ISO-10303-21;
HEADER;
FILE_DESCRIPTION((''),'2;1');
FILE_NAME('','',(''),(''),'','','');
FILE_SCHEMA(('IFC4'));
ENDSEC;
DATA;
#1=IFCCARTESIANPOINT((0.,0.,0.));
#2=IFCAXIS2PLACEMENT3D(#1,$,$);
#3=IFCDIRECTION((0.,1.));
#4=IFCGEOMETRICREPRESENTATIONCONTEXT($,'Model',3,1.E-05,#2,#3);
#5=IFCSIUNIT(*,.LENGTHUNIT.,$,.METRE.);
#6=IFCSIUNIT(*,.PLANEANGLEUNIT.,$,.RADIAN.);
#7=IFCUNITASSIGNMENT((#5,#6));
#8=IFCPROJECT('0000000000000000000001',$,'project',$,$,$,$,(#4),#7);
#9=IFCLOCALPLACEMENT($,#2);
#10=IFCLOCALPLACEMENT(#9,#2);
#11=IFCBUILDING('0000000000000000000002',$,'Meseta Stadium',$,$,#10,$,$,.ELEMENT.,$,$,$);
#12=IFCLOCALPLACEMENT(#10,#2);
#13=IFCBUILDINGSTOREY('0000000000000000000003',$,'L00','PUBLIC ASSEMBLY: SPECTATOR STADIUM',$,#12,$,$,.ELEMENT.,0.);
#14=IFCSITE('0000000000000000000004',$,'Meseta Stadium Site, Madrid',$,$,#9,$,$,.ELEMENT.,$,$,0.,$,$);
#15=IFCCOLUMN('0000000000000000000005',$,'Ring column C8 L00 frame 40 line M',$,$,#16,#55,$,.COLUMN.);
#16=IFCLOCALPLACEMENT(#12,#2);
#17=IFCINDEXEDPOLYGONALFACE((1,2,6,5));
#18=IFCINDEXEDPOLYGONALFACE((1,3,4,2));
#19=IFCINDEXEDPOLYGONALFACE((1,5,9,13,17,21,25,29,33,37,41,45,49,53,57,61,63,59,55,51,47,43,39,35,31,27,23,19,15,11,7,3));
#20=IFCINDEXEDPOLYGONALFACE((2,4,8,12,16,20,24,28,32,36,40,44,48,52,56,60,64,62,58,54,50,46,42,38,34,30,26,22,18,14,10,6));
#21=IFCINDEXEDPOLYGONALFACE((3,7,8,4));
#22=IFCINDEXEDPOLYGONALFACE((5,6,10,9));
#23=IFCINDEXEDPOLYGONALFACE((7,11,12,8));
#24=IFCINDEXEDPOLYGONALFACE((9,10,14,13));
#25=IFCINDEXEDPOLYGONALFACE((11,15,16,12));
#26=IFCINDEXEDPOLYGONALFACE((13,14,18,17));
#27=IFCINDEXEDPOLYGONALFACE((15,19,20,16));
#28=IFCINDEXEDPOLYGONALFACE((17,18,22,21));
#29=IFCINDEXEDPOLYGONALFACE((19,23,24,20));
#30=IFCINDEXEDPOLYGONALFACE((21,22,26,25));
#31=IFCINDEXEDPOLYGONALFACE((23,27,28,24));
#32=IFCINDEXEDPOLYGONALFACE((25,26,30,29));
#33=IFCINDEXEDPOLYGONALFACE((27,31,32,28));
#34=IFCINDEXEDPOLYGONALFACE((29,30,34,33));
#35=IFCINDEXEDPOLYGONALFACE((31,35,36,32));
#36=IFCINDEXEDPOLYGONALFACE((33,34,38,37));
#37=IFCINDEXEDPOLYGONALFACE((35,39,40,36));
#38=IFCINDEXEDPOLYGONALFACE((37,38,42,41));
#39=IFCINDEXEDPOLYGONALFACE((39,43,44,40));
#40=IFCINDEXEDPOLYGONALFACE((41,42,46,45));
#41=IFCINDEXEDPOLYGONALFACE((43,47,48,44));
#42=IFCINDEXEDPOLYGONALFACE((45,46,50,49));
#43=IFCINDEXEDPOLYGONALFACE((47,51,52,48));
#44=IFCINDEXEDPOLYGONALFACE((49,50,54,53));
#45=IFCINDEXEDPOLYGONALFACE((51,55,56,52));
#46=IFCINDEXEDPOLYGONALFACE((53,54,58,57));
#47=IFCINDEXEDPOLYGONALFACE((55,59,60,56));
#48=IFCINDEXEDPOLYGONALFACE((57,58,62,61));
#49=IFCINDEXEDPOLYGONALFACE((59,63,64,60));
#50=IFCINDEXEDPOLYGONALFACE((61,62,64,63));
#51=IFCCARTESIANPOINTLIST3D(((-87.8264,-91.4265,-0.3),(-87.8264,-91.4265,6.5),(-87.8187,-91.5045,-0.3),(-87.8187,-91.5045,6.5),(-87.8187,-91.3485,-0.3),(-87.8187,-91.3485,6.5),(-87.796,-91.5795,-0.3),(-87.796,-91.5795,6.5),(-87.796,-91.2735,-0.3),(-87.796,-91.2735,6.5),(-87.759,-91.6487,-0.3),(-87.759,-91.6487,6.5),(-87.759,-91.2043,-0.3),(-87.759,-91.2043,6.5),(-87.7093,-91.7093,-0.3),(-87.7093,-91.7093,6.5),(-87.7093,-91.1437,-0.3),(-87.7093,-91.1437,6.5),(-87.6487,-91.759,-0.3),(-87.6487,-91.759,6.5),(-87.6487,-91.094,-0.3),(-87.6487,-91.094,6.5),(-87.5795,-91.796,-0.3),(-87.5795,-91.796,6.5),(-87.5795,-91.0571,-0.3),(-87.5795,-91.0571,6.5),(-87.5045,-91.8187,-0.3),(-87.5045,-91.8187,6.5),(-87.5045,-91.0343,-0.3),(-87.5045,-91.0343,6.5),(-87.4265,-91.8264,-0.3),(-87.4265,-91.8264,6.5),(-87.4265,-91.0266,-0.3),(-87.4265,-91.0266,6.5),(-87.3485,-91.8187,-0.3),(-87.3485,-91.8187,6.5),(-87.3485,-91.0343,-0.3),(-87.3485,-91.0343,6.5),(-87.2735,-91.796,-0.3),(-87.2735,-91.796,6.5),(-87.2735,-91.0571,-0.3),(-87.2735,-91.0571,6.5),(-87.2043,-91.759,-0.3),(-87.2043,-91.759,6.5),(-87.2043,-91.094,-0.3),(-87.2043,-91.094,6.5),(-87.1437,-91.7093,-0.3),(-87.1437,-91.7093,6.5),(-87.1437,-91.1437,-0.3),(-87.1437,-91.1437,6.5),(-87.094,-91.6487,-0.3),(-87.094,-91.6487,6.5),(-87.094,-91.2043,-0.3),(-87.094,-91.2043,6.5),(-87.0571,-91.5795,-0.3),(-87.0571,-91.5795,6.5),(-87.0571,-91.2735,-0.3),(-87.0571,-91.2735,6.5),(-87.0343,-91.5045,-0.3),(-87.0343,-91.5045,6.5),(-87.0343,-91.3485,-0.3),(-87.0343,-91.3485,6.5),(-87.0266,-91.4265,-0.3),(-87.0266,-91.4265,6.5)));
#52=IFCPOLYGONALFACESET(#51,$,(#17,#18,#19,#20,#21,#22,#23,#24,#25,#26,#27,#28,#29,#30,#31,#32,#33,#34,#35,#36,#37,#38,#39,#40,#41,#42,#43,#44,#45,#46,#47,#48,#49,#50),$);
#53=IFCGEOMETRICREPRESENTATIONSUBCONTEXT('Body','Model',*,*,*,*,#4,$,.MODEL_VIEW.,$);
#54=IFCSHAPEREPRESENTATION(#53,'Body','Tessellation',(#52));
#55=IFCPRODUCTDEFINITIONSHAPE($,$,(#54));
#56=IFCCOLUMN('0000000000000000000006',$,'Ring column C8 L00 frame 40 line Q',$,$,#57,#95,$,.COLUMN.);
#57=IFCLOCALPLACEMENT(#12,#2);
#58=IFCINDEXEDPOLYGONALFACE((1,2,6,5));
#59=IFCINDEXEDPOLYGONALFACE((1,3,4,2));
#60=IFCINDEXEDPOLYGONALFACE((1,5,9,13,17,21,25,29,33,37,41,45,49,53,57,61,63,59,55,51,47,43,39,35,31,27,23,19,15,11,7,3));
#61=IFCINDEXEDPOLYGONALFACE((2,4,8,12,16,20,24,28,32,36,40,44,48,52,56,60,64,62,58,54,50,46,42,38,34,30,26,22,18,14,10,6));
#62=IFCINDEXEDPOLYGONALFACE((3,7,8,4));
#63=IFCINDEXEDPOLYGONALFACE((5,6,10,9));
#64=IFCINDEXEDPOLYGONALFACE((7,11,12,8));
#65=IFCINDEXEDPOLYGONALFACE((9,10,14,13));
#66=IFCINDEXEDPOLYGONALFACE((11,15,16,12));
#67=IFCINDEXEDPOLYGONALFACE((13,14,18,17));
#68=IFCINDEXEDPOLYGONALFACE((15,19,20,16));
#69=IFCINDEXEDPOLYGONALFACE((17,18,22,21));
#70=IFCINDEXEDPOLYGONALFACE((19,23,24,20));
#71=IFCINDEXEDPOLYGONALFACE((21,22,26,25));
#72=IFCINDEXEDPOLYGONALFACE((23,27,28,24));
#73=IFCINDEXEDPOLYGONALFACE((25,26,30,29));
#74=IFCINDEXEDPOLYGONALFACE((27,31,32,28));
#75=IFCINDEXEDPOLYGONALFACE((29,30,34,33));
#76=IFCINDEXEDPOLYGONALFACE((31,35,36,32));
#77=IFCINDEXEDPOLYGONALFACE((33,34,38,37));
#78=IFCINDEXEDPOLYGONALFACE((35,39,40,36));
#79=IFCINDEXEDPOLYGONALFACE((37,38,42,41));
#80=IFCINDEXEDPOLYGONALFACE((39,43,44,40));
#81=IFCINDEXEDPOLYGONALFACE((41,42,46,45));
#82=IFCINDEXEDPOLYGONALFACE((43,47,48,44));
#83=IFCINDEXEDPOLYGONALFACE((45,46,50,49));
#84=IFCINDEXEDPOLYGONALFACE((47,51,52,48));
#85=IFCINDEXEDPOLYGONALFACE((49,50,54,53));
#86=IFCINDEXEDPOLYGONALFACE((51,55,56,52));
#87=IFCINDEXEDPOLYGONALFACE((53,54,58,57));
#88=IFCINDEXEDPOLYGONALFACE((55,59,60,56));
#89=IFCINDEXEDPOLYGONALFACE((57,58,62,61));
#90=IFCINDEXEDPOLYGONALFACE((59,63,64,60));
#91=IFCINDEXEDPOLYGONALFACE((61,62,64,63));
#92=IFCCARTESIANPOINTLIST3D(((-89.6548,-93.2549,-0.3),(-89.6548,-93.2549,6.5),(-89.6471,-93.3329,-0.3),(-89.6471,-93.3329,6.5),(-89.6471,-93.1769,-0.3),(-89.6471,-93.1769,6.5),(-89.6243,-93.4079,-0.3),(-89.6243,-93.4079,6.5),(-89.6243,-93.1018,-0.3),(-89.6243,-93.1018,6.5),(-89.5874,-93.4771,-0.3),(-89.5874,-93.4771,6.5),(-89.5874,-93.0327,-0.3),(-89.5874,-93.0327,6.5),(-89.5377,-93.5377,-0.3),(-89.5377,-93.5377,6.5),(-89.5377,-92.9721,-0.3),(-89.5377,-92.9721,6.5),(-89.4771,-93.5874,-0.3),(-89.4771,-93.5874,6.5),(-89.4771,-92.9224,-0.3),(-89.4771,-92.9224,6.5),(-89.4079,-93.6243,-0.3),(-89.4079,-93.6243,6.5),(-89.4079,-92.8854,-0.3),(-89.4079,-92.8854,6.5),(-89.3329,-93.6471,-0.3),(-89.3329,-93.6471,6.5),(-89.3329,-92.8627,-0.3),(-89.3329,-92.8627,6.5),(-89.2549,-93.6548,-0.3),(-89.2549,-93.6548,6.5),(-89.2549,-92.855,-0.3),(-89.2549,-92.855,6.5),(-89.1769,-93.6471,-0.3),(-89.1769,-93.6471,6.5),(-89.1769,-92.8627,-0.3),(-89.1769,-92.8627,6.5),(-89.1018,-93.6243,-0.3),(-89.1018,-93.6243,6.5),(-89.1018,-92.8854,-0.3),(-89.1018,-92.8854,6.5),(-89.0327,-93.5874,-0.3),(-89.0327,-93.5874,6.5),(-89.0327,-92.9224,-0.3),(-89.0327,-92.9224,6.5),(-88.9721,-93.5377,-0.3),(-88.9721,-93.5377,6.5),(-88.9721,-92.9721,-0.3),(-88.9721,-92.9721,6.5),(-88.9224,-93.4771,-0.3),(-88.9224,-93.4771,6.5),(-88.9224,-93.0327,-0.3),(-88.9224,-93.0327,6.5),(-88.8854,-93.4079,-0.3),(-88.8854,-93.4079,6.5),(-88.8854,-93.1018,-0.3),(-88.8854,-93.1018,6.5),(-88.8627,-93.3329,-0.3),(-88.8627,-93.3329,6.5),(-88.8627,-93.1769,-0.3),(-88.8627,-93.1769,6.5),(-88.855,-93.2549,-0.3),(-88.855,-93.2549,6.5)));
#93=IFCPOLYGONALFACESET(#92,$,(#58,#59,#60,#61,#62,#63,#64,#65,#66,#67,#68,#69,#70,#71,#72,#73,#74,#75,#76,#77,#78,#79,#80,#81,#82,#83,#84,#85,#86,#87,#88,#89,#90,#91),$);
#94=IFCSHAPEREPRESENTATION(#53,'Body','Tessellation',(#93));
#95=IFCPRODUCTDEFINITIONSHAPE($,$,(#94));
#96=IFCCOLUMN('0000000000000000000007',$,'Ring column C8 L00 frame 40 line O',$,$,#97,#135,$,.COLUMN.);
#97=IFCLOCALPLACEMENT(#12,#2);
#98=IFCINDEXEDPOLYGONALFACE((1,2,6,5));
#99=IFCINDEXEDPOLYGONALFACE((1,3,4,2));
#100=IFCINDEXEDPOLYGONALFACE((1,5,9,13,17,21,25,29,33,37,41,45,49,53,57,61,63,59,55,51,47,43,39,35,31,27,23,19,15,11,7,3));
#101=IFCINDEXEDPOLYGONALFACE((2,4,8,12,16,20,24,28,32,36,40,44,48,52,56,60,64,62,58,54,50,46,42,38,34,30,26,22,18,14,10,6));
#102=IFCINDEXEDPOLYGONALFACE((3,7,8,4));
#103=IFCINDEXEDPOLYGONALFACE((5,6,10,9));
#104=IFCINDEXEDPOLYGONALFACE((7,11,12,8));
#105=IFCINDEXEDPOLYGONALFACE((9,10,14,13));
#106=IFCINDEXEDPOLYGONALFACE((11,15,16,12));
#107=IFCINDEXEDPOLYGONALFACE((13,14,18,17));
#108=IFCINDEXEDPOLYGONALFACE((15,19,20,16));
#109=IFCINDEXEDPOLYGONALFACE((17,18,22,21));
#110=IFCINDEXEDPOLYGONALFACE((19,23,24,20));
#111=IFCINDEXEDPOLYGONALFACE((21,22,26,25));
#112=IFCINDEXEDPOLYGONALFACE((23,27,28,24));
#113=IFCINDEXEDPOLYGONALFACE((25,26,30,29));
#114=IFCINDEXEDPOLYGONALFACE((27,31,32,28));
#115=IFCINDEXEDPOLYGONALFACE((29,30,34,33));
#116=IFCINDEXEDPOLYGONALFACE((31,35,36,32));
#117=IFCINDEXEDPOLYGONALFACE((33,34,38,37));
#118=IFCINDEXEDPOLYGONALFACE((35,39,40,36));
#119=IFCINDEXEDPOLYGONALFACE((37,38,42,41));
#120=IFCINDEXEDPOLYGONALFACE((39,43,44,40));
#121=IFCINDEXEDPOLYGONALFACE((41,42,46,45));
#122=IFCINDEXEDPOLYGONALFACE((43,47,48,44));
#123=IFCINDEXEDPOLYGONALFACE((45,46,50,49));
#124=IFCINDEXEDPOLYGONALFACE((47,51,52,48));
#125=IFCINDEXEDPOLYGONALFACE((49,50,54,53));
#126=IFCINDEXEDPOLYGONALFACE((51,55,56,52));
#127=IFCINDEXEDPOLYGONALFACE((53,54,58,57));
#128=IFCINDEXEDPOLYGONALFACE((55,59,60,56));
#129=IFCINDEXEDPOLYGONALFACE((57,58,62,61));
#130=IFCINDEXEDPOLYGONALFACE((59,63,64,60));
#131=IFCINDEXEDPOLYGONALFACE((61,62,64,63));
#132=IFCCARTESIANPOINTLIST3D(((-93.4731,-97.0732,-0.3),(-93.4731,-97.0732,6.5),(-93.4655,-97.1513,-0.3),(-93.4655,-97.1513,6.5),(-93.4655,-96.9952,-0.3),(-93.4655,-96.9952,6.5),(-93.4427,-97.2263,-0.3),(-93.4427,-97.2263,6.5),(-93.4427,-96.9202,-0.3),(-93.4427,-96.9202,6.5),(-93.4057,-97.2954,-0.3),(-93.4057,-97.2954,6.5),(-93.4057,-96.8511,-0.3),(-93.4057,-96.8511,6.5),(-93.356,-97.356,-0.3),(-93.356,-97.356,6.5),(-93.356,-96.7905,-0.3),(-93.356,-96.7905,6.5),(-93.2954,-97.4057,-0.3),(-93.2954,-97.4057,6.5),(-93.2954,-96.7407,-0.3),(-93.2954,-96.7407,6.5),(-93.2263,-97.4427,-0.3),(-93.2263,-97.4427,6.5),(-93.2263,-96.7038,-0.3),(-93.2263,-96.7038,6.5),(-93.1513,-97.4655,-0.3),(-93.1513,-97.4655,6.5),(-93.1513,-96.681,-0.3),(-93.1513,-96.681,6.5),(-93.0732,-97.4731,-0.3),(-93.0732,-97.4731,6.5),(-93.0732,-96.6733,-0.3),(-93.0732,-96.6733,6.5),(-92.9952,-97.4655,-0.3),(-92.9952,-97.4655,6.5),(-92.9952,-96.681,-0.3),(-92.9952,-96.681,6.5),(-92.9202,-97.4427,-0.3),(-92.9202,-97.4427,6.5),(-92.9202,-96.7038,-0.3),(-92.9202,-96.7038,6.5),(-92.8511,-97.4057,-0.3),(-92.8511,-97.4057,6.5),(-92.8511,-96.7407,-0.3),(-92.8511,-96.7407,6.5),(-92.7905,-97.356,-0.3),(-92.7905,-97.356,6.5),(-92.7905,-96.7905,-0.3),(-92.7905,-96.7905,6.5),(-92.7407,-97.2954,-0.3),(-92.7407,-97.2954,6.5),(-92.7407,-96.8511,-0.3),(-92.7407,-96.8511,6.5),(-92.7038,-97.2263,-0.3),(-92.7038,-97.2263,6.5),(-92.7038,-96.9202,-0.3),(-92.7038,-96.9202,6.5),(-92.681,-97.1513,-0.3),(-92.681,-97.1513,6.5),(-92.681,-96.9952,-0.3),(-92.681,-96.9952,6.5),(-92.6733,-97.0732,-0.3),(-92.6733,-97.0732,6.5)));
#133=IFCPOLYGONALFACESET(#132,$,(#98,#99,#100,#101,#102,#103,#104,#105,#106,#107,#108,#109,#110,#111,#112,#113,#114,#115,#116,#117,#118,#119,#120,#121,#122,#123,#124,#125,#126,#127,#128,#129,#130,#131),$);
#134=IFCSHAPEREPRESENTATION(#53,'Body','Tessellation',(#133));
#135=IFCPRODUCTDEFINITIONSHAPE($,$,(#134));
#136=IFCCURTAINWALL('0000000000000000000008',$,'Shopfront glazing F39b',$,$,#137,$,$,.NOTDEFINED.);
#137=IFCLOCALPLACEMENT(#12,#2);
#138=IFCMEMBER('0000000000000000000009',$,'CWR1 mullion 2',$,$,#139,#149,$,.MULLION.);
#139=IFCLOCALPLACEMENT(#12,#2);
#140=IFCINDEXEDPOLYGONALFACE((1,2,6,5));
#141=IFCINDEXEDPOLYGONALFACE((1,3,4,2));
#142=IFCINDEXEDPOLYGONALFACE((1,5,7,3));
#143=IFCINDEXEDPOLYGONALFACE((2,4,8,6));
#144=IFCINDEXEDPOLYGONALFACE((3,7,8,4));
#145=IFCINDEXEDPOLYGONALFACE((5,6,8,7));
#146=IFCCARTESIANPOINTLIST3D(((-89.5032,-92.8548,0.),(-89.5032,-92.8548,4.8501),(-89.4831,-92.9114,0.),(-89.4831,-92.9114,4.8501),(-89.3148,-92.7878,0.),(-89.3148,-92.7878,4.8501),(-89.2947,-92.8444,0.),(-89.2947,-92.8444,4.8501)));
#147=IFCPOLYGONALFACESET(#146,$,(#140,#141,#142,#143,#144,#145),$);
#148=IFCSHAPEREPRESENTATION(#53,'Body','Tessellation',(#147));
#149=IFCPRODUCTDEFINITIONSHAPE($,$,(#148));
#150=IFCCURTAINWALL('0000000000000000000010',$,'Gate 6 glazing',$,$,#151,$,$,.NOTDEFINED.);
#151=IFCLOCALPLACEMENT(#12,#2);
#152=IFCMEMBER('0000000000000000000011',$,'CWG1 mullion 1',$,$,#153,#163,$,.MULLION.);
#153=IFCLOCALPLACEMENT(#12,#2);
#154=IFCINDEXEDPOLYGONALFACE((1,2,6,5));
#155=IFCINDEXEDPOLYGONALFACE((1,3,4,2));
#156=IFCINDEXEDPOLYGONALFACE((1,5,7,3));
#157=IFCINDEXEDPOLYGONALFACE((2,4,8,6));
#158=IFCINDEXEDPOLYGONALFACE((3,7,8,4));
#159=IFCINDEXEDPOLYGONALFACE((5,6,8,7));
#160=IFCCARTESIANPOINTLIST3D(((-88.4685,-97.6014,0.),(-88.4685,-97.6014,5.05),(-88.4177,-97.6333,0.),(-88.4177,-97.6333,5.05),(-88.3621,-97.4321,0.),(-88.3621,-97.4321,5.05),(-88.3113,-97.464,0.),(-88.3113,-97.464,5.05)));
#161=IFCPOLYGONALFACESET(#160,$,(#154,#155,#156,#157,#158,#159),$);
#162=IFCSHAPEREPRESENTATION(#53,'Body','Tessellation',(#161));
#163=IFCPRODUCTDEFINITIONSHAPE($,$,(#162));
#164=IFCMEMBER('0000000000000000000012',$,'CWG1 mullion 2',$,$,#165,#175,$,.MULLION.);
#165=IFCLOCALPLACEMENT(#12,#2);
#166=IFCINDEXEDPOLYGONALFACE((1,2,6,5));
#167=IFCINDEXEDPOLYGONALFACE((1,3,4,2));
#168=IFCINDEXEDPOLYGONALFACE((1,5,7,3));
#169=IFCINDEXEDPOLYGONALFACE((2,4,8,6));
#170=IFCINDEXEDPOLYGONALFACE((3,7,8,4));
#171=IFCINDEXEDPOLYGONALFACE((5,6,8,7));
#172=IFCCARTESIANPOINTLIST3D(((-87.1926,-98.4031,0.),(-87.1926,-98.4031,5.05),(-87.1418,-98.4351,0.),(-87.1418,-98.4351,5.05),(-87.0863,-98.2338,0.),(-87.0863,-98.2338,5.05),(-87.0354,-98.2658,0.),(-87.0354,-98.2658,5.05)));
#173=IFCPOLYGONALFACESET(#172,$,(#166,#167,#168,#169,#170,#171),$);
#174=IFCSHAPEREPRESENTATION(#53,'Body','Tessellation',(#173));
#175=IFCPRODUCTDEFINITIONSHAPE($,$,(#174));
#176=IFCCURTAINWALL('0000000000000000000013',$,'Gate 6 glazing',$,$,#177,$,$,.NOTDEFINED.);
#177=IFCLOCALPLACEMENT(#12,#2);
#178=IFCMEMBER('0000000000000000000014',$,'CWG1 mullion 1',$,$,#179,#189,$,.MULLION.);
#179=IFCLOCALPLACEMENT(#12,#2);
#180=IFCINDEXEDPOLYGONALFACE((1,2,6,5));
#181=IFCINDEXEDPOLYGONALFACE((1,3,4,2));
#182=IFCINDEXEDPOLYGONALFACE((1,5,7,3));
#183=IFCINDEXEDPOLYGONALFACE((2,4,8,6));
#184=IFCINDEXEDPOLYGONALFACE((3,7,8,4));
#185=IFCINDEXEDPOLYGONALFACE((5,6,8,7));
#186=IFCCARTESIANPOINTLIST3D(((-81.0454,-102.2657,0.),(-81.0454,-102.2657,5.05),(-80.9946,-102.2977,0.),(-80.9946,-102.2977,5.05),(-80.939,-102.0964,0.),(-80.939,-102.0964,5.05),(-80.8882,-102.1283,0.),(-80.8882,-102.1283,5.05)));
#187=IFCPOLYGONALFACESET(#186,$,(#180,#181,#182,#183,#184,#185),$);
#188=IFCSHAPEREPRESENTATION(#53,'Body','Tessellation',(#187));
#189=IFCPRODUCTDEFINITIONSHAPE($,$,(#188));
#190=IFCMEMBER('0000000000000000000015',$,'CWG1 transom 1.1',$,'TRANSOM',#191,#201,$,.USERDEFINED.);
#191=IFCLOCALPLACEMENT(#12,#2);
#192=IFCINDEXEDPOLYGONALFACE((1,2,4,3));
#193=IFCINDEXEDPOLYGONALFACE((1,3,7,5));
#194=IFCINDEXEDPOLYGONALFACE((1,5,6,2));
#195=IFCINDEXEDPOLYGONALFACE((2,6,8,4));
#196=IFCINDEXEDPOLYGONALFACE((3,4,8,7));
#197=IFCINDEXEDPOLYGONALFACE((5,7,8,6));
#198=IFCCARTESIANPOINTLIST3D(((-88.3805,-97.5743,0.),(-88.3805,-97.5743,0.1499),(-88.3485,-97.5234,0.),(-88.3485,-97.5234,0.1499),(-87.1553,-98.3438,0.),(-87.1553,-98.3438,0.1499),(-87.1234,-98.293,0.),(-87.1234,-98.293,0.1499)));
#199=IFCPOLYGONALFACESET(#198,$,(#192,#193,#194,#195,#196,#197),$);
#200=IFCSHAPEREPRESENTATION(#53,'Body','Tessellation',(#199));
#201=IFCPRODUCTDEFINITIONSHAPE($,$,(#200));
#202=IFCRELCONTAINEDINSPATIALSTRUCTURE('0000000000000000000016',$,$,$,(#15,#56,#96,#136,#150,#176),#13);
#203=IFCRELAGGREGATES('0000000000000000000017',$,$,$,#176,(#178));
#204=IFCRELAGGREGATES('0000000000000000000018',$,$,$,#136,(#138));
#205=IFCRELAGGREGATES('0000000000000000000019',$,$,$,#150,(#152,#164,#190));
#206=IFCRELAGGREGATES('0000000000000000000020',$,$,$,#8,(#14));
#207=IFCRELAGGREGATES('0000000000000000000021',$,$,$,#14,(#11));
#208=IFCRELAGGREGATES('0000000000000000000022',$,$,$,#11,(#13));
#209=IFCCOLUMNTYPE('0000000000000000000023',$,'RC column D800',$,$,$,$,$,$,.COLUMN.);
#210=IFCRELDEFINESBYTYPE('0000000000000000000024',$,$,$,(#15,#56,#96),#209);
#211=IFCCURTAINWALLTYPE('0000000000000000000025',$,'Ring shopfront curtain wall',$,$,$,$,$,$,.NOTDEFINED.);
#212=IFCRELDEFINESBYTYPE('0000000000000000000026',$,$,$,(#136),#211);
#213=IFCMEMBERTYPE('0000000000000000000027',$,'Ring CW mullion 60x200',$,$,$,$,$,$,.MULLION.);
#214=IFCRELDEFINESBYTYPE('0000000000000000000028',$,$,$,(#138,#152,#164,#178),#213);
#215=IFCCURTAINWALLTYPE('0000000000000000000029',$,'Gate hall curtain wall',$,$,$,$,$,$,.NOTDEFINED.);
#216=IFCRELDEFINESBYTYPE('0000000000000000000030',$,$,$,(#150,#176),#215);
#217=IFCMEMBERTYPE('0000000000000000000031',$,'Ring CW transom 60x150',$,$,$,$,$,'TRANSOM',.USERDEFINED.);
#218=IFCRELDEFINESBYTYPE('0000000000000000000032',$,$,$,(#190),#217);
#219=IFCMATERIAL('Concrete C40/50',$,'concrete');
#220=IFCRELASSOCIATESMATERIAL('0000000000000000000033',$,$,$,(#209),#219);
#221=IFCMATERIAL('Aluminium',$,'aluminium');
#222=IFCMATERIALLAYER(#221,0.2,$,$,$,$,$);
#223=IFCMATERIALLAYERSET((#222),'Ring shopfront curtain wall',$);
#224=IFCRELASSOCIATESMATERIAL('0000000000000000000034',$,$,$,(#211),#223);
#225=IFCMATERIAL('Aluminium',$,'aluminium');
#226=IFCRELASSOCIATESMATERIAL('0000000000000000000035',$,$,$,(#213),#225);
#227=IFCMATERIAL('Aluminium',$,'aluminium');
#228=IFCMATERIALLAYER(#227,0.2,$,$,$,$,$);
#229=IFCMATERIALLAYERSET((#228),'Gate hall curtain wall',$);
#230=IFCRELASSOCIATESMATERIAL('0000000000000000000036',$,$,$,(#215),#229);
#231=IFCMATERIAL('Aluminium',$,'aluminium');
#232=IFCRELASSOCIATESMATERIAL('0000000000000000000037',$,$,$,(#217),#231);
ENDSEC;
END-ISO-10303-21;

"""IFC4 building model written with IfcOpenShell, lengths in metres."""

from ifc_helpers import new_model, si_unit, direction, frame, origin, origin_2d, place, context, subcontext, project, spatial, rectangle, circle, extrude, material, layer, layer_set, material_profile, profile_set, type_object, element, aggregate, save


model = new_model("IFC4")

# Units and contexts
model_context = context("Model", 3, precision=1e-05, world=origin(), true_north=direction((0.0, 1.0)))
body_context = subcontext(model_context, "Body", "Model", "MODEL_VIEW")
ifc_project = project(units=[si_unit("LENGTHUNIT", "METRE"), si_unit("PLANEANGLEUNIT", "RADIAN")], contexts=[model_context])

# Site, building, storey
site_placement = place(None, origin())
site = spatial("IfcSite", under=ifc_project, at=site_placement, Name="Meseta Stadium Site, Madrid", CompositionType="ELEMENT", RefElevation=0.0)
building_placement = place(site_placement, origin())
building = spatial("IfcBuilding", under=site, at=building_placement, Name="Meseta Stadium", CompositionType="ELEMENT")
storey_placement = place(building_placement, origin())
storey = spatial("IfcBuildingStorey", under=building, at=storey_placement, Name="L00", Description="PUBLIC ASSEMBLY: SPECTATOR STADIUM", CompositionType="ELEMENT", Elevation=0.0)

# Columns
ifc_material_1 = material(Name="Concrete C40/50", Category="concrete")
ifc_material_profile_1 = material_profile(ifc_material_1, circle(Radius=0.3999, at=origin_2d()), Name="RC D800")
ifc_profile_set_1 = profile_set([ifc_material_profile_1], Name="Concrete C40/50")
column_type_1 = type_object("IfcColumnType", Name="RC column D800", PredefinedType="COLUMN", material=ifc_profile_set_1)
for number, where, z_axis, x_axis, name in (
    (1, (-87.4265, -91.4265, -0.3), (0.0, 0.0, 1.0), (1.0, 0.0, 0.0), "Ring column C8 L00 frame 40 line M"),
    (2, (-89.2549, -93.2549, -0.3), (0.0, 0.0, 1.0), (1.0, 0.0, 0.0), "Ring column C8 L00 frame 40 line Q"),
    (3, (-93.0732, -97.0732, -0.3), (0.0, 0.0, 1.0), (1.0, 0.0, 0.0), "Ring column C8 L00 frame 40 line O"),
):
    element("IfcColumn", number, at=place(storey_placement, frame(where, z_axis=z_axis, x_axis=x_axis)), inside=storey, type_object=column_type_1, Name=name, PredefinedType="COLUMN", context=body_context, shape_type="SweptSolid", body=[
        extrude(circle(Radius=0.3999, at=origin_2d()), origin(), (0.0, 0.0, 1.0), 6.8),
    ])

# Curtain wall, member
ifc_material_2 = material(Name="Aluminium", Category="aluminium")
ifc_layer_1 = layer(ifc_material_2, 0.2)
ifc_layer_set_1 = layer_set([ifc_layer_1], Name="Ring shopfront curtain wall")
curtain_wall_type_1 = type_object("IfcCurtainWallType", Name="Ring shopfront curtain wall", PredefinedType="NOTDEFINED", material=ifc_layer_set_1)
curtain_wall_1_placement = place(storey_placement, origin())
curtain_wall_1 = element("IfcCurtainWall", 4, at=curtain_wall_1_placement, inside=storey, type_object=curtain_wall_type_1, Name="Shopfront glazing F39b", PredefinedType="NOTDEFINED")
ifc_material_3 = material(Name="Aluminium", Category="aluminium")
ifc_material_profile_2 = material_profile(ifc_material_3, rectangle(XDim=0.2, YDim=0.0601, at=origin_2d()), Name="CW 200x60")
ifc_profile_set_2 = profile_set([ifc_material_profile_2], Name="Aluminium")
member_type_1 = type_object("IfcMemberType", Name="Ring CW mullion 60x200", PredefinedType="MULLION", material=ifc_profile_set_2)
member_1_placement = place(storey_placement, frame((-89.3989, -92.8496, 0.0), z_axis=(0.0, 0.0, 1.0), x_axis=(0.942283, 0.334818, 0.0)))
member_1 = element("IfcMember", 5, at=member_1_placement, type_object=member_type_1, Name="CWR1 mullion 2", PredefinedType="MULLION", context=body_context, shape_type="SweptSolid", body=[
    extrude(rectangle(XDim=0.2, YDim=0.0601, at=origin_2d()), origin(), (0.0, 0.0, 1.0), 4.8501),
])

# Curtain wall, members
ifc_material_4 = material(Name="Aluminium", Category="aluminium")
ifc_layer_2 = layer(ifc_material_4, 0.2)
ifc_layer_set_2 = layer_set([ifc_layer_2], Name="Gate hall curtain wall")
curtain_wall_type_2 = type_object("IfcCurtainWallType", Name="Gate hall curtain wall", PredefinedType="NOTDEFINED", material=ifc_layer_set_2)
curtain_wall_2_placement = place(storey_placement, origin())
curtain_wall_2 = element("IfcCurtainWall", 6, at=curtain_wall_2_placement, inside=storey, type_object=curtain_wall_type_2, Name="Gate 6 glazing", PredefinedType="NOTDEFINED")
member_2_placement = place(storey_placement, frame((-88.3899, -97.5327, 0.0), z_axis=(0.0, 0.0, 1.0), x_axis=(0.532023, 0.84673, 0.0)))
member_2 = element("IfcMember", 7, at=member_2_placement, type_object=member_type_1, Name="CWG1 mullion 1", PredefinedType="MULLION", context=body_context, shape_type="SweptSolid", body=[
    extrude(rectangle(XDim=0.2, YDim=0.0601, at=origin_2d()), origin(), (0.0, 0.0, 1.0), 5.05),
])
member_3_placement = place(storey_placement, frame((-87.114, -98.3345, 0.0), z_axis=(0.0, 0.0, 1.0), x_axis=(0.532023, 0.84673, 0.0)))
member_3 = element("IfcMember", 8, at=member_3_placement, type_object=member_type_1, Name="CWG1 mullion 2", PredefinedType="MULLION", context=body_context, shape_type="SweptSolid", body=[
    extrude(rectangle(XDim=0.2, YDim=0.0601, at=origin_2d()), origin(), (0.0, 0.0, 1.0), 5.05),
])

# Curtain wall, member
curtain_wall_3_placement = place(storey_placement, origin())
curtain_wall_3 = element("IfcCurtainWall", 9, at=curtain_wall_3_placement, inside=storey, type_object=curtain_wall_type_2, Name="Gate 6 glazing", PredefinedType="NOTDEFINED")
member_4_placement = place(storey_placement, frame((-80.9668, -102.197, 0.0), z_axis=(0.0, 0.0, 1.0), x_axis=(0.532023, 0.84673, 0.0)))
member_4 = element("IfcMember", 10, at=member_4_placement, type_object=member_type_1, Name="CWG1 mullion 1", PredefinedType="MULLION", context=body_context, shape_type="SweptSolid", body=[
    extrude(rectangle(XDim=0.2, YDim=0.0601, at=origin_2d()), origin(), (0.0, 0.0, 1.0), 5.05),
])

# Member
ifc_material_5 = material(Name="Aluminium", Category="aluminium")
ifc_material_profile_3 = material_profile(ifc_material_5, rectangle(XDim=0.0601, YDim=0.1499, at=origin_2d()), Name="CW 60x150")
ifc_profile_set_3 = profile_set([ifc_material_profile_3], Name="Aluminium")
member_type_2 = type_object("IfcMemberType", Name="Ring CW transom 60x150", ElementType="TRANSOM", PredefinedType="USERDEFINED", material=ifc_profile_set_3)
member_5_placement = place(storey_placement, frame((-88.3645, -97.5488, 0.075), z_axis=(0.846802, -0.531909, 0.0), x_axis=(0.531909, 0.846802, 0.0)))
member_5 = element("IfcMember", 11, at=member_5_placement, type_object=member_type_2, Name="CWG1 transom 1.1", ObjectType="TRANSOM", PredefinedType="USERDEFINED", context=body_context, shape_type="SweptSolid", body=[
    extrude(rectangle(XDim=0.0601, YDim=0.1499, at=origin_2d()), origin(), (0.0, 0.0, 1.0), 1.4468),
])
aggregate(curtain_wall_3, [member_4])

aggregate(curtain_wall_1, [member_1])
aggregate(curtain_wall_2, [member_2, member_3, member_5])

save(model, "model.ifc")
